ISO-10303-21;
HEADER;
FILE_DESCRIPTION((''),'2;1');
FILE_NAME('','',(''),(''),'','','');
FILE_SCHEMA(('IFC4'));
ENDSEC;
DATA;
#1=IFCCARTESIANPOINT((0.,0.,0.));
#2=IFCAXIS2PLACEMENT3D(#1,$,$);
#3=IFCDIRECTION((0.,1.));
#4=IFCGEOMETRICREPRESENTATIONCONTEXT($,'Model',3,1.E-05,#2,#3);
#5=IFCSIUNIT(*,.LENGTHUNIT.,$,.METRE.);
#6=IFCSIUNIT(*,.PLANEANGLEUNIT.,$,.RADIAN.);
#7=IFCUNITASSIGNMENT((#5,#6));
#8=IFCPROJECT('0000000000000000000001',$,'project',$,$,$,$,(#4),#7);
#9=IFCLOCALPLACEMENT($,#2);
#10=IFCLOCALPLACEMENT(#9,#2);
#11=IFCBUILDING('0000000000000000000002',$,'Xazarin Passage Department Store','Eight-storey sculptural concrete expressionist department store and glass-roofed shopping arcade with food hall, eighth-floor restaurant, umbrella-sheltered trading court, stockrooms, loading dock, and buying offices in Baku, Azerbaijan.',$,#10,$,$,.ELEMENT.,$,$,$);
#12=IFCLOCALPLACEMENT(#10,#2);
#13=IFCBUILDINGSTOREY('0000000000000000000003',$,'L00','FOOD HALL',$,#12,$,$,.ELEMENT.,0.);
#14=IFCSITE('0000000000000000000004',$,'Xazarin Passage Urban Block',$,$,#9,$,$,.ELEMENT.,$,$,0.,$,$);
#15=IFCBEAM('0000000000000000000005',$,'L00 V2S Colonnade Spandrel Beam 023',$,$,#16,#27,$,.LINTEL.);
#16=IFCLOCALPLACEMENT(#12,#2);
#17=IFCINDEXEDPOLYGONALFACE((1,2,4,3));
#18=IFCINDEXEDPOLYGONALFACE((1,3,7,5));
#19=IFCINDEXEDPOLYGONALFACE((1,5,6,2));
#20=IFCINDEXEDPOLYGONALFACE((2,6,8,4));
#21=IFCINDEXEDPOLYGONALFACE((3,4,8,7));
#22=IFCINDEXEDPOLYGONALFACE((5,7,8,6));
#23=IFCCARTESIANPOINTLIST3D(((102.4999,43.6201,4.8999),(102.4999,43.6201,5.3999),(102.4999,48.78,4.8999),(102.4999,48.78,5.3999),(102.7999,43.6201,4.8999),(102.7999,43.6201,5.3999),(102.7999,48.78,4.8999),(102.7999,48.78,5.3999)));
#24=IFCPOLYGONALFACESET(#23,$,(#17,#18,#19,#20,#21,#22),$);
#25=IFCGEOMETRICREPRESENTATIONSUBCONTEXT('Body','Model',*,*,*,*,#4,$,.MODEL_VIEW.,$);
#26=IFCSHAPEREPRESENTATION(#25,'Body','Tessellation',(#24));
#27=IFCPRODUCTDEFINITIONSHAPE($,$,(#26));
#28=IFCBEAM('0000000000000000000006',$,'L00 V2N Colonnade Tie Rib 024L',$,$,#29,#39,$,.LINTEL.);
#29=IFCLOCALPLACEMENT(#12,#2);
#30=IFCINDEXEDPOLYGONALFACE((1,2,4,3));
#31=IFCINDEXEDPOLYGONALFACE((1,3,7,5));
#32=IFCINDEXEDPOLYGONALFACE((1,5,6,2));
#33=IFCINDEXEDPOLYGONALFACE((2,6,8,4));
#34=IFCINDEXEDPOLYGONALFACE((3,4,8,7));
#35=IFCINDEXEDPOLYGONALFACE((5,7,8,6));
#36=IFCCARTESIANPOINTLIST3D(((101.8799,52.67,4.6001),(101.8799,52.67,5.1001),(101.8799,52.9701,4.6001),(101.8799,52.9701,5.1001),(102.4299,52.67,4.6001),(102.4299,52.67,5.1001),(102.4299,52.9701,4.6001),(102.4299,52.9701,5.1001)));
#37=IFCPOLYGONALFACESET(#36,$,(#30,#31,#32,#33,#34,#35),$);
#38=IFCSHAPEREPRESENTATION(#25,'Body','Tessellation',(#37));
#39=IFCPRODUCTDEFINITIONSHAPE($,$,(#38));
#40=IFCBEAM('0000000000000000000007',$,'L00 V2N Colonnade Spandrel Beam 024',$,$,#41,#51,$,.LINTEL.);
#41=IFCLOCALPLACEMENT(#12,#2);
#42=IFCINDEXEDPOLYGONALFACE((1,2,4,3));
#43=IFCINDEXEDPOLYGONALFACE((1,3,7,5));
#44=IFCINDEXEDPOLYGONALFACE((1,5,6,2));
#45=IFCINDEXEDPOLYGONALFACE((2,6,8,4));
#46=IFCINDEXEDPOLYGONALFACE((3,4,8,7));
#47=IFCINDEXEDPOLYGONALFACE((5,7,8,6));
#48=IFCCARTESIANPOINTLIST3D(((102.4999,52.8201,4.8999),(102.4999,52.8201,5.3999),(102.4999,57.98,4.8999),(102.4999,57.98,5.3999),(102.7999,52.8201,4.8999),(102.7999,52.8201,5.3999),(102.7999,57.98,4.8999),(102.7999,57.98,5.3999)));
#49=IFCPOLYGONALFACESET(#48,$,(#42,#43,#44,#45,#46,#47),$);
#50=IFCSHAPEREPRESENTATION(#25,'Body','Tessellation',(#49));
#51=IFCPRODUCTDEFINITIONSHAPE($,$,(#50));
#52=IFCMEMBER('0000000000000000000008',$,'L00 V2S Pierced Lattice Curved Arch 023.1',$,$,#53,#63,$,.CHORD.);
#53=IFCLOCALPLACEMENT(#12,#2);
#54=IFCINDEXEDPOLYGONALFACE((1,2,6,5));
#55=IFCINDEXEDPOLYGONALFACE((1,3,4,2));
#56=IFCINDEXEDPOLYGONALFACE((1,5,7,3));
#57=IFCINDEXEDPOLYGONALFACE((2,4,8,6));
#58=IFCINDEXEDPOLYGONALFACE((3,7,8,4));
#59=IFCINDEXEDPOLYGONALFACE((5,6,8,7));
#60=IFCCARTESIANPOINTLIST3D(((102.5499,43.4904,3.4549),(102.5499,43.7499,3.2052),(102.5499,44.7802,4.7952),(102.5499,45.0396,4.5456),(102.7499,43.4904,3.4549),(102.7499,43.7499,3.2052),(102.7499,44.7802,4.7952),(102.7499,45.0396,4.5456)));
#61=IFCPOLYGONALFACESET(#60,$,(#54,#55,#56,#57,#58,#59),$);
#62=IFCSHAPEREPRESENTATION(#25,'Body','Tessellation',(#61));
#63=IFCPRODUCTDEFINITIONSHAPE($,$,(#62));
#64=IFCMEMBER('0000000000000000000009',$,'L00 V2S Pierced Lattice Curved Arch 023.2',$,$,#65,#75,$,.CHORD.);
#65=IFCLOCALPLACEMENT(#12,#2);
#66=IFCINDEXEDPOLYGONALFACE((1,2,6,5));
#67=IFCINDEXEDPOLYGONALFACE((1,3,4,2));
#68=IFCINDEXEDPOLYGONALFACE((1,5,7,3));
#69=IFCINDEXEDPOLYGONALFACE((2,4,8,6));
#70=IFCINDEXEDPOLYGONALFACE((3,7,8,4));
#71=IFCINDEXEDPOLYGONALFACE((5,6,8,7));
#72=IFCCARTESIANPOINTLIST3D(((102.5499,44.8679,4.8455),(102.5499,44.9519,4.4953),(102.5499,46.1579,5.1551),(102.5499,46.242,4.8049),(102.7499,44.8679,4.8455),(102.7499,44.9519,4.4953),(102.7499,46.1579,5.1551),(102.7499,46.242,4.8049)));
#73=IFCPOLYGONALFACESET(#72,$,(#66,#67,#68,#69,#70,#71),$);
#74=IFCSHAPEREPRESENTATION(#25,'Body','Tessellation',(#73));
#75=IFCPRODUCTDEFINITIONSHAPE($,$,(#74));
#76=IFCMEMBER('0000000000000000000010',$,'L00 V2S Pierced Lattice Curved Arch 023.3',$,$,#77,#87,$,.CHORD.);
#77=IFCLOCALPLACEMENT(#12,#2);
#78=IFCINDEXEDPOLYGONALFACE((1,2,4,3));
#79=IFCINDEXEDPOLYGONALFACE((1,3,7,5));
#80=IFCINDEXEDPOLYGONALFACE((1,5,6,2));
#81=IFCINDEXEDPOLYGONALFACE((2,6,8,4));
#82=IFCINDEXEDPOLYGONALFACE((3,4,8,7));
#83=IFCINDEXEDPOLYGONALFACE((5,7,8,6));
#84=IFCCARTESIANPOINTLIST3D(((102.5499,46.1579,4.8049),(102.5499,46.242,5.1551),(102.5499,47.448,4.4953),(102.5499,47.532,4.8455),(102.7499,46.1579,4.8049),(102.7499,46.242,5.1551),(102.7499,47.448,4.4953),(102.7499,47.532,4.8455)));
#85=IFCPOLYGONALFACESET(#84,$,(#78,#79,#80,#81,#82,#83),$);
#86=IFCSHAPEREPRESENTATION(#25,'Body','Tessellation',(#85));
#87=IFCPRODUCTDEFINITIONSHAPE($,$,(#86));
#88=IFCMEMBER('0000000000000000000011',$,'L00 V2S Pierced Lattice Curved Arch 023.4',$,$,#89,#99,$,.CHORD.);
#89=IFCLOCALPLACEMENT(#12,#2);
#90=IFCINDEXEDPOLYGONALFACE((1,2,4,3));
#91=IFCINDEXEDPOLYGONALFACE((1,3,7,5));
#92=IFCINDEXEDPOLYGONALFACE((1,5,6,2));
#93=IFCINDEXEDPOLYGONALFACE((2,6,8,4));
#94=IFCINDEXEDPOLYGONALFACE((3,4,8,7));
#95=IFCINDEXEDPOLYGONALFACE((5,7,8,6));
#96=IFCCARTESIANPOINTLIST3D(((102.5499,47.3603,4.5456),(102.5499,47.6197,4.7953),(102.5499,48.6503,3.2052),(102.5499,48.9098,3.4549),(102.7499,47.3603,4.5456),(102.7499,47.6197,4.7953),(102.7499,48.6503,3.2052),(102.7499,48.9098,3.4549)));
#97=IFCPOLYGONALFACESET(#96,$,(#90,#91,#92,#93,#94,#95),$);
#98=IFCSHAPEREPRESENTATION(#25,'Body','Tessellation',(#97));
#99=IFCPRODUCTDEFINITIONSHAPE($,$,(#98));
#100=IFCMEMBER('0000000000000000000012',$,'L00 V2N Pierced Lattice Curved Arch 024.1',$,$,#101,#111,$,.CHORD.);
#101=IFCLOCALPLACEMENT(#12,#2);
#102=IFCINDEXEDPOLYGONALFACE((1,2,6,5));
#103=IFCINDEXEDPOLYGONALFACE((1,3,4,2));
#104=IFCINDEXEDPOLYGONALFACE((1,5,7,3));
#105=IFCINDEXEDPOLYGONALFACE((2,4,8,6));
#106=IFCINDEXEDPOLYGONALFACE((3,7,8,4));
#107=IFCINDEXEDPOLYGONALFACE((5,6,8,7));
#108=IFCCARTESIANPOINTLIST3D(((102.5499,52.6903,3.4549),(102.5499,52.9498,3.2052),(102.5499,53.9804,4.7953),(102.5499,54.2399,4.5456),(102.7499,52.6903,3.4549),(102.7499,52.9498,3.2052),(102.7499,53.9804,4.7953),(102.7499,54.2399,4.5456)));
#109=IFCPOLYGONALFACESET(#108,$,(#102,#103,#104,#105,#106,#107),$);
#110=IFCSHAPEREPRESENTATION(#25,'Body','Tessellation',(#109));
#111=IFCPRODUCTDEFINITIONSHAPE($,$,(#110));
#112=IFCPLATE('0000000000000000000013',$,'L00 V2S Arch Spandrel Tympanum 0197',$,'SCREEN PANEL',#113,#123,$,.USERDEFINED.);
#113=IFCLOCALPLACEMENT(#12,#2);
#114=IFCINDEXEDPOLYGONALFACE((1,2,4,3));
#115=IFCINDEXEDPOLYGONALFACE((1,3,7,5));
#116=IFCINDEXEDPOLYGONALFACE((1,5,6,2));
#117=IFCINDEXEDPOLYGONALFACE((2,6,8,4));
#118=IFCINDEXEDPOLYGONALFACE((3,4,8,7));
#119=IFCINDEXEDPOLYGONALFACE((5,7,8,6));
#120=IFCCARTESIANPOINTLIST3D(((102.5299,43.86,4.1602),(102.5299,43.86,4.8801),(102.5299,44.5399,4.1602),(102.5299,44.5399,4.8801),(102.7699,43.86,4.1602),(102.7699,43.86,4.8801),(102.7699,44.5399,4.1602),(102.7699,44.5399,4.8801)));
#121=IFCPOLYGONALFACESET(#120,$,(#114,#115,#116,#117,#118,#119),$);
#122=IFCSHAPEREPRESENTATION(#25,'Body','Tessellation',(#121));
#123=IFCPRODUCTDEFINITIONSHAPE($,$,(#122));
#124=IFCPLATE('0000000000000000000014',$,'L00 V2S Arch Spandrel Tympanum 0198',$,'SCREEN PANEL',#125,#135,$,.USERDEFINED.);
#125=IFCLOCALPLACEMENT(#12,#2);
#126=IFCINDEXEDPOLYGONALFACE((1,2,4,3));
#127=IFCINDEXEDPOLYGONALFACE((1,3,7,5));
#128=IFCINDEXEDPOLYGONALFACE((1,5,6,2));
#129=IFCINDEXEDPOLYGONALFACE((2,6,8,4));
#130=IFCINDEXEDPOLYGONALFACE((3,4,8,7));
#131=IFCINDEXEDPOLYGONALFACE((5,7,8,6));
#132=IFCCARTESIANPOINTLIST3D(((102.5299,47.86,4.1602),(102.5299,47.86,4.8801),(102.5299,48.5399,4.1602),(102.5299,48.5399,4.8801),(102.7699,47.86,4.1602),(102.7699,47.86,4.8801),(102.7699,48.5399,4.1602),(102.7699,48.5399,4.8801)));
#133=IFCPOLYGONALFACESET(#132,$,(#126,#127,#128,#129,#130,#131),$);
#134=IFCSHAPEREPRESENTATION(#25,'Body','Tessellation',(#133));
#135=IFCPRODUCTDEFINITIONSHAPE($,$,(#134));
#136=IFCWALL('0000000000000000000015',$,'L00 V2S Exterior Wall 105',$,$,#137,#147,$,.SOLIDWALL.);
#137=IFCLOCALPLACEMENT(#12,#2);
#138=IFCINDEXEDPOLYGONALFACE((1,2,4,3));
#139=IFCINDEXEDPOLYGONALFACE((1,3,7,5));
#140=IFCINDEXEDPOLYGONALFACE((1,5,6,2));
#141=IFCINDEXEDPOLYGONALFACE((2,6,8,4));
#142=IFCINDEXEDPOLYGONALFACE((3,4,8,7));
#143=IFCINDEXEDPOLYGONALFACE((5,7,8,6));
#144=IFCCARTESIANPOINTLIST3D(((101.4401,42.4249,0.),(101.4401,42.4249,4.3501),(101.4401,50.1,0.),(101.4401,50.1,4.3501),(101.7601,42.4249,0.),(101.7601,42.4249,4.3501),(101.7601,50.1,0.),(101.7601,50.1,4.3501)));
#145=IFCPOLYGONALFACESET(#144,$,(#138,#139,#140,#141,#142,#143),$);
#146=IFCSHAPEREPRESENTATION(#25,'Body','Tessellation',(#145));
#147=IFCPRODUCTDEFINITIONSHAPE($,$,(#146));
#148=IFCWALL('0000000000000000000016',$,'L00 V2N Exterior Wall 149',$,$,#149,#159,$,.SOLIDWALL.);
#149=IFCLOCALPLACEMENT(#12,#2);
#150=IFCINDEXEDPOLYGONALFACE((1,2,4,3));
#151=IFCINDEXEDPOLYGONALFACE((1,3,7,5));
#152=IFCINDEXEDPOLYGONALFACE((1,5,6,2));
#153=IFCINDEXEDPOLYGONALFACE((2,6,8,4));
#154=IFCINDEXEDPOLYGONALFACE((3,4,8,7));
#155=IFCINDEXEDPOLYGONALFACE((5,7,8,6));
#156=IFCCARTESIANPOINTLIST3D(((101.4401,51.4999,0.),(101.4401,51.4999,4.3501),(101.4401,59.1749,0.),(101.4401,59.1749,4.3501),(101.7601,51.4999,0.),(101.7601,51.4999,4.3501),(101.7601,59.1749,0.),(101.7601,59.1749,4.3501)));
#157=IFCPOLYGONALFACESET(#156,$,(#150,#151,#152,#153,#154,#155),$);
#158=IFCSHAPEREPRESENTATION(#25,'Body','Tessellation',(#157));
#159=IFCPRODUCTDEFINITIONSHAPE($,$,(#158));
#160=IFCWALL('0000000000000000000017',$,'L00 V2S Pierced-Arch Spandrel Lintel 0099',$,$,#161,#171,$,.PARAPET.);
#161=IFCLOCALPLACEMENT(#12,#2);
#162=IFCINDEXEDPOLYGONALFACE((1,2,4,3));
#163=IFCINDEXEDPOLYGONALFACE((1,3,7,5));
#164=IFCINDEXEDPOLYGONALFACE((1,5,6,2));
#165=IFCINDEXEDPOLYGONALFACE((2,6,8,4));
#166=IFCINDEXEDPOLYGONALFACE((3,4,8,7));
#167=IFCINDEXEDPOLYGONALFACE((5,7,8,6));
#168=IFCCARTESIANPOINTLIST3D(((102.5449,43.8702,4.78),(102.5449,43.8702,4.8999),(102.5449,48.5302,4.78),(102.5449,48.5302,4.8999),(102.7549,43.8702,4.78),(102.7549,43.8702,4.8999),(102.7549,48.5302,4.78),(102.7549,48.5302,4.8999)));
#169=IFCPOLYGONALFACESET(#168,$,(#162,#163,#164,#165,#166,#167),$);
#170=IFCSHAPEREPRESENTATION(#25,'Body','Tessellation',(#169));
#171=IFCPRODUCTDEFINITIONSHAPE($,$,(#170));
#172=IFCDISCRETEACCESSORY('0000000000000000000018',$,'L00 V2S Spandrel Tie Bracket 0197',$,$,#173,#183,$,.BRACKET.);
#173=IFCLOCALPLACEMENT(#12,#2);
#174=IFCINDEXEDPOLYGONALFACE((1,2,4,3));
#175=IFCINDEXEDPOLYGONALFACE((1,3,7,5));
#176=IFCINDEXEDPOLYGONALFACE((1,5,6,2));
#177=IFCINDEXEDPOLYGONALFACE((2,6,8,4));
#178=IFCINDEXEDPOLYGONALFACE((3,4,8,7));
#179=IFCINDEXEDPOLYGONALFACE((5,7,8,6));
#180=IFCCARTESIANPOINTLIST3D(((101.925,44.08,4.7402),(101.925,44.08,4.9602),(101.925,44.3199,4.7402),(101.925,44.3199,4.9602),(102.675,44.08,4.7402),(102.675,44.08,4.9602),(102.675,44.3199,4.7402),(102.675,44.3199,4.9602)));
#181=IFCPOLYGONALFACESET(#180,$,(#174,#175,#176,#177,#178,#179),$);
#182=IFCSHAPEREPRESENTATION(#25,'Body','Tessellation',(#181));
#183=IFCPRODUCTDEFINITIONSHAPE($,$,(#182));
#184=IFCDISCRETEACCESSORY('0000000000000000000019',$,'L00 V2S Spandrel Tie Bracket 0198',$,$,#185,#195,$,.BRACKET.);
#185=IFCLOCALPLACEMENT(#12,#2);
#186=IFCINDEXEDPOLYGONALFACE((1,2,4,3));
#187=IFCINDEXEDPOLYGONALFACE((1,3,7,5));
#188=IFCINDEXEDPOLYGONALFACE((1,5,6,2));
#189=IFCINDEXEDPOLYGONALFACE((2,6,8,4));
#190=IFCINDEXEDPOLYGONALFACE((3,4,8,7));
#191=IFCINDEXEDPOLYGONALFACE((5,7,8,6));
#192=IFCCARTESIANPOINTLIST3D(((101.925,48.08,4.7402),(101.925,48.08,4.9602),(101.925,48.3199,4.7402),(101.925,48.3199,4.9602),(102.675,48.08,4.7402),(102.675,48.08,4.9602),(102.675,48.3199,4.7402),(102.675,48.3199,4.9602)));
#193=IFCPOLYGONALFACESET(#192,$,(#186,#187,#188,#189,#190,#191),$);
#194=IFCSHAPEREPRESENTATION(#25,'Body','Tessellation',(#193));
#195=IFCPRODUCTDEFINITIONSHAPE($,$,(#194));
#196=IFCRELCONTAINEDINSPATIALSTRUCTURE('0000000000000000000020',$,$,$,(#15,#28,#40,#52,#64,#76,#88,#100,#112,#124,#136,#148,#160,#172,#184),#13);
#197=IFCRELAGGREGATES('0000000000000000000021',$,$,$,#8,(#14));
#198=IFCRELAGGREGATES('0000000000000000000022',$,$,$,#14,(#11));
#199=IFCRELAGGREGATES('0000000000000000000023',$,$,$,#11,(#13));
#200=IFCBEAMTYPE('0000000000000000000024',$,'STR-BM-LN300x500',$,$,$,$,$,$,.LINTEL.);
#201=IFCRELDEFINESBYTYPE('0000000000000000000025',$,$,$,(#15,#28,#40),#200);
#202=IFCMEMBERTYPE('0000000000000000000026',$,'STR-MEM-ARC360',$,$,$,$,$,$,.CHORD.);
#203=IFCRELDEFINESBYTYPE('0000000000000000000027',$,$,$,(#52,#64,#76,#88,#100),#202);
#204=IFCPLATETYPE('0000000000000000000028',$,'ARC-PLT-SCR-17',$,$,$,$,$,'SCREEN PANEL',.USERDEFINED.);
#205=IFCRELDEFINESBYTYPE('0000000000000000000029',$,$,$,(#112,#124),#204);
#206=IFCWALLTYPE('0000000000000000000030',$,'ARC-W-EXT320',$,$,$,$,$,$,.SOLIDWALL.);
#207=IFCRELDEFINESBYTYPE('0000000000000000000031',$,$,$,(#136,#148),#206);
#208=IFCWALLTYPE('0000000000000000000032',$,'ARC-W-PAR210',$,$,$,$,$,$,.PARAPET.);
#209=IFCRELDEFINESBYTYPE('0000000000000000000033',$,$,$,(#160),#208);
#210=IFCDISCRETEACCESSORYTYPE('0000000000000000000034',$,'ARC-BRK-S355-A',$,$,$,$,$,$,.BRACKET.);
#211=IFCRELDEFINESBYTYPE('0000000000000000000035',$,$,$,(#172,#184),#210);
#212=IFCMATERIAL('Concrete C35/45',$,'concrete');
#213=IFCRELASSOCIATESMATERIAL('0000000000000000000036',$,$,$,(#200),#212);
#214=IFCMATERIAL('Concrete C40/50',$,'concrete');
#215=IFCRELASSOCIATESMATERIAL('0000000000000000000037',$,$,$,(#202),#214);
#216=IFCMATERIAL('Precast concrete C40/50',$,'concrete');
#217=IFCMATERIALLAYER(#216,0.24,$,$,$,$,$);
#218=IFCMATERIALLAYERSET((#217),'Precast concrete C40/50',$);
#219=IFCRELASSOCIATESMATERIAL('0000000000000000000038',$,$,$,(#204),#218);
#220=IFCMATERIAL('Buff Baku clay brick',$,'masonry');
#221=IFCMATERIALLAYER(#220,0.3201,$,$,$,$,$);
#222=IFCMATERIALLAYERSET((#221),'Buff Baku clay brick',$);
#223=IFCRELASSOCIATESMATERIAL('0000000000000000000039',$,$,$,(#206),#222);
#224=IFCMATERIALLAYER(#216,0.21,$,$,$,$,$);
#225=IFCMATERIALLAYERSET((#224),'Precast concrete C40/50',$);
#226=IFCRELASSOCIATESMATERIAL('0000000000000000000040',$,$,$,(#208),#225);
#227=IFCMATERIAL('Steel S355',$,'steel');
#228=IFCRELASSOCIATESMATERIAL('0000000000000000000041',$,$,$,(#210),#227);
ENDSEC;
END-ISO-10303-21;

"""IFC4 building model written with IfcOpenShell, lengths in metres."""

from ifc_helpers import new_model, si_unit, direction, frame, frame_2d, origin, origin_2d, place, context, subcontext, project, spatial, rectangle, extrude, material, layer, layer_set, material_profile, profile_set, type_object, element, save


model = new_model("IFC4")

# Units and contexts
model_context = context("Model", 3, precision=1e-05, world=origin(), true_north=direction((0.0, 1.0)))
body_context = subcontext(model_context, "Body", "Model", "MODEL_VIEW")
ifc_project = project(units=[si_unit("LENGTHUNIT", "METRE"), si_unit("PLANEANGLEUNIT", "RADIAN")], contexts=[model_context])

# Site, building, storey
site_placement = place(None, origin())
site = spatial("IfcSite", under=ifc_project, at=site_placement, Name="Xazarin Passage Urban Block", CompositionType="ELEMENT", RefElevation=0.0)
building_placement = place(site_placement, origin())
building = spatial("IfcBuilding", under=site, at=building_placement, Name="Xazarin Passage Department Store", Description="Eight-storey sculptural concrete expressionist department store and glass-roofed shopping arcade with food hall, eighth-floor restaurant, umbrella-sheltered trading court, stockrooms, loading dock, and buying offices in Baku, Azerbaijan.", CompositionType="ELEMENT")
storey_placement = place(building_placement, origin())
storey = spatial("IfcBuildingStorey", under=building, at=storey_placement, Name="L00", Description="FOOD HALL", CompositionType="ELEMENT", Elevation=0.0)

# Shared definitions
ifc_material_1 = material(Name="Concrete C35/45", Category="concrete")

# Shared definitions
ifc_material_2 = material(Name="Concrete C40/50", Category="concrete")

# Beams
ifc_material_profile_1 = material_profile(ifc_material_1, rectangle(XDim=0.3, YDim=0.5, at=origin_2d()), Name="RC 300x500")
ifc_profile_set_1 = profile_set([ifc_material_profile_1], Name="Concrete C35/45")
beam_type = type_object("IfcBeamType", Name="STR-BM-LN300x500", PredefinedType="LINTEL", material=ifc_profile_set_1)
beam_1_placement = place(storey_placement, frame((102.6499, 43.6201, 5.1499), z_axis=(0.0, 1.0, 0.0), x_axis=(-1.0, 0.0, 0.0)))
element("IfcBeam", 1, at=beam_1_placement, inside=storey, type_object=beam_type, Name="L00 V2S Colonnade Spandrel Beam 023", PredefinedType="LINTEL", context=body_context, shape_type="SweptSolid", body=[
    extrude(rectangle(XDim=0.3, YDim=0.5, at=origin_2d()), origin(), (0.0, 0.0, 1.0), 5.1599),
])
beam_2_placement = place(storey_placement, frame((101.8799, 52.8201, 4.8501), z_axis=(1.0, 0.0, 0.0), x_axis=(0.0, 1.0, 0.0)))
element("IfcBeam", 2, at=beam_2_placement, inside=storey, type_object=beam_type, Name="L00 V2N Colonnade Tie Rib 024L", PredefinedType="LINTEL", context=body_context, shape_type="SweptSolid", body=[
    extrude(rectangle(XDim=0.3, YDim=0.5, at=origin_2d()), origin(), (0.0, 0.0, 1.0), 0.55),
])
beam_3_placement = place(storey_placement, frame((102.6499, 52.8201, 5.1499), z_axis=(0.0, 1.0, 0.0), x_axis=(-1.0, 0.0, 0.0)))
element("IfcBeam", 3, at=beam_3_placement, inside=storey, type_object=beam_type, Name="L00 V2N Colonnade Spandrel Beam 024", PredefinedType="LINTEL", context=body_context, shape_type="SweptSolid", body=[
    extrude(rectangle(XDim=0.3, YDim=0.5, at=origin_2d()), origin(), (0.0, 0.0, 1.0), 5.1599),
])

# Members
ifc_material_profile_2 = material_profile(ifc_material_2, rectangle(XDim=0.2, YDim=0.3601, at=origin_2d()), Name="RC 200x360")
ifc_profile_set_2 = profile_set([ifc_material_profile_2], Name="Concrete C40/50")
member_type = type_object("IfcMemberType", Name="STR-MEM-ARC360", PredefinedType="CHORD", material=ifc_profile_set_2)
member_placement = place(storey_placement, frame((102.6499, 43.6201, 3.3301), z_axis=(0.0, 0.693392, 0.720561), x_axis=(-1.0, 0.0, 0.0)))
element("IfcMember", 4, at=member_placement, inside=storey, type_object=member_type, Name="L00 V2S Pierced Lattice Curved Arch 023.1", PredefinedType="CHORD", context=body_context, shape_type="SweptSolid", body=[
    extrude(rectangle(XDim=0.2, YDim=0.3601, at=origin_2d()), origin(), (0.0, 0.0, 1.0), 1.8601),
])
for number, where, z_axis, x_axis, name in (
    (5, (102.6499, 44.9099, 4.6704), (0.0, 0.972394, 0.233345), (-1.0, 0.0, 0.0), "L00 V2S Pierced Lattice Curved Arch 023.2"),
    (6, (102.6499, 46.2, 4.98), (0.0, 0.972394, -0.233345), (-1.0, 0.0, 0.0), "L00 V2S Pierced Lattice Curved Arch 023.3"),
):
    element("IfcMember", number, at=place(storey_placement, frame(where, z_axis=z_axis, x_axis=x_axis)), inside=storey, type_object=member_type, Name=name, PredefinedType="CHORD", context=body_context, shape_type="SweptSolid", body=[
        extrude(rectangle(XDim=0.2, YDim=0.3601, at=origin_2d()), origin(), (0.0, 0.0, 1.0), 1.3267),
    ])
for number, where, z_axis, x_axis, name in (
    (7, (102.6499, 47.49, 4.6704), (0.0, 0.69346, -0.720495), (-1.0, 0.0, 0.0), "L00 V2S Pierced Lattice Curved Arch 023.4"),
    (8, (102.6499, 52.8201, 3.3301), (0.0, 0.69346, 0.720495), (-1.0, 0.0, 0.0), "L00 V2N Pierced Lattice Curved Arch 024.1"),
):
    element("IfcMember", number, at=place(storey_placement, frame(where, z_axis=z_axis, x_axis=x_axis)), inside=storey, type_object=member_type, Name=name, PredefinedType="CHORD", context=body_context, shape_type="SweptSolid", body=[
        extrude(rectangle(XDim=0.2, YDim=0.3601, at=origin_2d()), origin(), (0.0, 0.0, 1.0), 1.8604),
    ])

# Plates
ifc_material_3 = material(Name="Precast concrete C40/50", Category="concrete")
ifc_layer_1 = layer(ifc_material_3, 0.24)
ifc_layer_set_1 = layer_set([ifc_layer_1], Name="Precast concrete C40/50")
plate_type = type_object("IfcPlateType", Name="ARC-PLT-SCR-17", ElementType="SCREEN PANEL", PredefinedType="USERDEFINED", material=ifc_layer_set_1)
for number, where, z_axis, x_axis, name in (
    (9, (102.6499, 44.2, 4.1602), (0.0, 0.0, 1.0), (0.0, 1.0, 0.0), "L00 V2S Arch Spandrel Tympanum 0197"),
    (10, (102.6499, 48.2, 4.1602), (0.0, 0.0, 1.0), (0.0, 1.0, 0.0), "L00 V2S Arch Spandrel Tympanum 0198"),
):
    element("IfcPlate", number, at=place(storey_placement, frame(where, z_axis=z_axis, x_axis=x_axis)), inside=storey, type_object=plate_type, Name=name, ObjectType="SCREEN PANEL", PredefinedType="USERDEFINED", context=body_context, shape_type="SweptSolid", body=[
        extrude(rectangle(XDim=0.6799, YDim=0.24, at=origin_2d()), origin(), (0.0, 0.0, 1.0), 0.72),
    ])

# Walls
ifc_material_4 = material(Name="Buff Baku clay brick", Category="masonry")
ifc_layer_2 = layer(ifc_material_4, 0.3201)
ifc_layer_set_2 = layer_set([ifc_layer_2], Name="Buff Baku clay brick")
wall_type_1 = type_object("IfcWallType", Name="ARC-W-EXT320", PredefinedType="SOLIDWALL", material=ifc_layer_set_2)
for number, where, z_axis, x_axis, name in (
    (11, (101.6001, 42.425, 0.0), (0.0, 0.0, 1.0), (0.0, 1.0, 0.0), "L00 V2S Exterior Wall 105"),
    (12, (101.6001, 51.5, 0.0), (0.0, 0.0, 1.0), (0.0, 1.0, 0.0), "L00 V2N Exterior Wall 149"),
):
    element("IfcWall", number, at=place(storey_placement, frame(where, z_axis=z_axis, x_axis=x_axis)), inside=storey, type_object=wall_type_1, Name=name, PredefinedType="SOLIDWALL", context=body_context, shape_type="SweptSolid", body=[
        extrude(rectangle(XDim=7.675, YDim=0.3201, at=frame_2d((3.8374, 0.0))), origin(), (0.0, 0.0, 1.0), 4.3501),
    ])
ifc_layer_3 = layer(ifc_material_3, 0.21)
ifc_layer_set_3 = layer_set([ifc_layer_3], Name="Precast concrete C40/50")
wall_type_2 = type_object("IfcWallType", Name="ARC-W-PAR210", PredefinedType="PARAPET", material=ifc_layer_set_3)
wall_placement = place(storey_placement, frame((102.6499, 43.8701, 4.78), z_axis=(0.0, 0.0, 1.0), x_axis=(0.0, 1.0, 0.0)))
element("IfcWall", 13, at=wall_placement, inside=storey, type_object=wall_type_2, Name="L00 V2S Pierced-Arch Spandrel Lintel 0099", PredefinedType="PARAPET", context=body_context, shape_type="SweptSolid", body=[
    extrude(rectangle(XDim=4.6599, YDim=0.21, at=frame_2d((2.3301, 0.0))), origin(), (0.0, 0.0, 1.0), 0.1199),
])

# Discrete accessories
ifc_material_5 = material(Name="Steel S355", Category="steel")
discrete_accessory_type = type_object("IfcDiscreteAccessoryType", Name="ARC-BRK-S355-A", PredefinedType="BRACKET", material=ifc_material_5)
for number, where, z_axis, x_axis, name in (
    (14, (102.3, 44.2, 4.7402), (0.0, 0.0, 1.0), (0.0, 1.0, 0.0), "L00 V2S Spandrel Tie Bracket 0197"),
    (15, (102.3, 48.2, 4.7402), (0.0, 0.0, 1.0), (0.0, 1.0, 0.0), "L00 V2S Spandrel Tie Bracket 0198"),
):
    element("IfcDiscreteAccessory", number, at=place(storey_placement, frame(where, z_axis=z_axis, x_axis=x_axis)), inside=storey, type_object=discrete_accessory_type, Name=name, PredefinedType="BRACKET", context=body_context, shape_type="SweptSolid", body=[
        extrude(rectangle(XDim=0.24, YDim=0.75, at=origin_2d()), origin(), (0.0, 0.0, 1.0), 0.22),
    ])

save(model, "model.ifc")
